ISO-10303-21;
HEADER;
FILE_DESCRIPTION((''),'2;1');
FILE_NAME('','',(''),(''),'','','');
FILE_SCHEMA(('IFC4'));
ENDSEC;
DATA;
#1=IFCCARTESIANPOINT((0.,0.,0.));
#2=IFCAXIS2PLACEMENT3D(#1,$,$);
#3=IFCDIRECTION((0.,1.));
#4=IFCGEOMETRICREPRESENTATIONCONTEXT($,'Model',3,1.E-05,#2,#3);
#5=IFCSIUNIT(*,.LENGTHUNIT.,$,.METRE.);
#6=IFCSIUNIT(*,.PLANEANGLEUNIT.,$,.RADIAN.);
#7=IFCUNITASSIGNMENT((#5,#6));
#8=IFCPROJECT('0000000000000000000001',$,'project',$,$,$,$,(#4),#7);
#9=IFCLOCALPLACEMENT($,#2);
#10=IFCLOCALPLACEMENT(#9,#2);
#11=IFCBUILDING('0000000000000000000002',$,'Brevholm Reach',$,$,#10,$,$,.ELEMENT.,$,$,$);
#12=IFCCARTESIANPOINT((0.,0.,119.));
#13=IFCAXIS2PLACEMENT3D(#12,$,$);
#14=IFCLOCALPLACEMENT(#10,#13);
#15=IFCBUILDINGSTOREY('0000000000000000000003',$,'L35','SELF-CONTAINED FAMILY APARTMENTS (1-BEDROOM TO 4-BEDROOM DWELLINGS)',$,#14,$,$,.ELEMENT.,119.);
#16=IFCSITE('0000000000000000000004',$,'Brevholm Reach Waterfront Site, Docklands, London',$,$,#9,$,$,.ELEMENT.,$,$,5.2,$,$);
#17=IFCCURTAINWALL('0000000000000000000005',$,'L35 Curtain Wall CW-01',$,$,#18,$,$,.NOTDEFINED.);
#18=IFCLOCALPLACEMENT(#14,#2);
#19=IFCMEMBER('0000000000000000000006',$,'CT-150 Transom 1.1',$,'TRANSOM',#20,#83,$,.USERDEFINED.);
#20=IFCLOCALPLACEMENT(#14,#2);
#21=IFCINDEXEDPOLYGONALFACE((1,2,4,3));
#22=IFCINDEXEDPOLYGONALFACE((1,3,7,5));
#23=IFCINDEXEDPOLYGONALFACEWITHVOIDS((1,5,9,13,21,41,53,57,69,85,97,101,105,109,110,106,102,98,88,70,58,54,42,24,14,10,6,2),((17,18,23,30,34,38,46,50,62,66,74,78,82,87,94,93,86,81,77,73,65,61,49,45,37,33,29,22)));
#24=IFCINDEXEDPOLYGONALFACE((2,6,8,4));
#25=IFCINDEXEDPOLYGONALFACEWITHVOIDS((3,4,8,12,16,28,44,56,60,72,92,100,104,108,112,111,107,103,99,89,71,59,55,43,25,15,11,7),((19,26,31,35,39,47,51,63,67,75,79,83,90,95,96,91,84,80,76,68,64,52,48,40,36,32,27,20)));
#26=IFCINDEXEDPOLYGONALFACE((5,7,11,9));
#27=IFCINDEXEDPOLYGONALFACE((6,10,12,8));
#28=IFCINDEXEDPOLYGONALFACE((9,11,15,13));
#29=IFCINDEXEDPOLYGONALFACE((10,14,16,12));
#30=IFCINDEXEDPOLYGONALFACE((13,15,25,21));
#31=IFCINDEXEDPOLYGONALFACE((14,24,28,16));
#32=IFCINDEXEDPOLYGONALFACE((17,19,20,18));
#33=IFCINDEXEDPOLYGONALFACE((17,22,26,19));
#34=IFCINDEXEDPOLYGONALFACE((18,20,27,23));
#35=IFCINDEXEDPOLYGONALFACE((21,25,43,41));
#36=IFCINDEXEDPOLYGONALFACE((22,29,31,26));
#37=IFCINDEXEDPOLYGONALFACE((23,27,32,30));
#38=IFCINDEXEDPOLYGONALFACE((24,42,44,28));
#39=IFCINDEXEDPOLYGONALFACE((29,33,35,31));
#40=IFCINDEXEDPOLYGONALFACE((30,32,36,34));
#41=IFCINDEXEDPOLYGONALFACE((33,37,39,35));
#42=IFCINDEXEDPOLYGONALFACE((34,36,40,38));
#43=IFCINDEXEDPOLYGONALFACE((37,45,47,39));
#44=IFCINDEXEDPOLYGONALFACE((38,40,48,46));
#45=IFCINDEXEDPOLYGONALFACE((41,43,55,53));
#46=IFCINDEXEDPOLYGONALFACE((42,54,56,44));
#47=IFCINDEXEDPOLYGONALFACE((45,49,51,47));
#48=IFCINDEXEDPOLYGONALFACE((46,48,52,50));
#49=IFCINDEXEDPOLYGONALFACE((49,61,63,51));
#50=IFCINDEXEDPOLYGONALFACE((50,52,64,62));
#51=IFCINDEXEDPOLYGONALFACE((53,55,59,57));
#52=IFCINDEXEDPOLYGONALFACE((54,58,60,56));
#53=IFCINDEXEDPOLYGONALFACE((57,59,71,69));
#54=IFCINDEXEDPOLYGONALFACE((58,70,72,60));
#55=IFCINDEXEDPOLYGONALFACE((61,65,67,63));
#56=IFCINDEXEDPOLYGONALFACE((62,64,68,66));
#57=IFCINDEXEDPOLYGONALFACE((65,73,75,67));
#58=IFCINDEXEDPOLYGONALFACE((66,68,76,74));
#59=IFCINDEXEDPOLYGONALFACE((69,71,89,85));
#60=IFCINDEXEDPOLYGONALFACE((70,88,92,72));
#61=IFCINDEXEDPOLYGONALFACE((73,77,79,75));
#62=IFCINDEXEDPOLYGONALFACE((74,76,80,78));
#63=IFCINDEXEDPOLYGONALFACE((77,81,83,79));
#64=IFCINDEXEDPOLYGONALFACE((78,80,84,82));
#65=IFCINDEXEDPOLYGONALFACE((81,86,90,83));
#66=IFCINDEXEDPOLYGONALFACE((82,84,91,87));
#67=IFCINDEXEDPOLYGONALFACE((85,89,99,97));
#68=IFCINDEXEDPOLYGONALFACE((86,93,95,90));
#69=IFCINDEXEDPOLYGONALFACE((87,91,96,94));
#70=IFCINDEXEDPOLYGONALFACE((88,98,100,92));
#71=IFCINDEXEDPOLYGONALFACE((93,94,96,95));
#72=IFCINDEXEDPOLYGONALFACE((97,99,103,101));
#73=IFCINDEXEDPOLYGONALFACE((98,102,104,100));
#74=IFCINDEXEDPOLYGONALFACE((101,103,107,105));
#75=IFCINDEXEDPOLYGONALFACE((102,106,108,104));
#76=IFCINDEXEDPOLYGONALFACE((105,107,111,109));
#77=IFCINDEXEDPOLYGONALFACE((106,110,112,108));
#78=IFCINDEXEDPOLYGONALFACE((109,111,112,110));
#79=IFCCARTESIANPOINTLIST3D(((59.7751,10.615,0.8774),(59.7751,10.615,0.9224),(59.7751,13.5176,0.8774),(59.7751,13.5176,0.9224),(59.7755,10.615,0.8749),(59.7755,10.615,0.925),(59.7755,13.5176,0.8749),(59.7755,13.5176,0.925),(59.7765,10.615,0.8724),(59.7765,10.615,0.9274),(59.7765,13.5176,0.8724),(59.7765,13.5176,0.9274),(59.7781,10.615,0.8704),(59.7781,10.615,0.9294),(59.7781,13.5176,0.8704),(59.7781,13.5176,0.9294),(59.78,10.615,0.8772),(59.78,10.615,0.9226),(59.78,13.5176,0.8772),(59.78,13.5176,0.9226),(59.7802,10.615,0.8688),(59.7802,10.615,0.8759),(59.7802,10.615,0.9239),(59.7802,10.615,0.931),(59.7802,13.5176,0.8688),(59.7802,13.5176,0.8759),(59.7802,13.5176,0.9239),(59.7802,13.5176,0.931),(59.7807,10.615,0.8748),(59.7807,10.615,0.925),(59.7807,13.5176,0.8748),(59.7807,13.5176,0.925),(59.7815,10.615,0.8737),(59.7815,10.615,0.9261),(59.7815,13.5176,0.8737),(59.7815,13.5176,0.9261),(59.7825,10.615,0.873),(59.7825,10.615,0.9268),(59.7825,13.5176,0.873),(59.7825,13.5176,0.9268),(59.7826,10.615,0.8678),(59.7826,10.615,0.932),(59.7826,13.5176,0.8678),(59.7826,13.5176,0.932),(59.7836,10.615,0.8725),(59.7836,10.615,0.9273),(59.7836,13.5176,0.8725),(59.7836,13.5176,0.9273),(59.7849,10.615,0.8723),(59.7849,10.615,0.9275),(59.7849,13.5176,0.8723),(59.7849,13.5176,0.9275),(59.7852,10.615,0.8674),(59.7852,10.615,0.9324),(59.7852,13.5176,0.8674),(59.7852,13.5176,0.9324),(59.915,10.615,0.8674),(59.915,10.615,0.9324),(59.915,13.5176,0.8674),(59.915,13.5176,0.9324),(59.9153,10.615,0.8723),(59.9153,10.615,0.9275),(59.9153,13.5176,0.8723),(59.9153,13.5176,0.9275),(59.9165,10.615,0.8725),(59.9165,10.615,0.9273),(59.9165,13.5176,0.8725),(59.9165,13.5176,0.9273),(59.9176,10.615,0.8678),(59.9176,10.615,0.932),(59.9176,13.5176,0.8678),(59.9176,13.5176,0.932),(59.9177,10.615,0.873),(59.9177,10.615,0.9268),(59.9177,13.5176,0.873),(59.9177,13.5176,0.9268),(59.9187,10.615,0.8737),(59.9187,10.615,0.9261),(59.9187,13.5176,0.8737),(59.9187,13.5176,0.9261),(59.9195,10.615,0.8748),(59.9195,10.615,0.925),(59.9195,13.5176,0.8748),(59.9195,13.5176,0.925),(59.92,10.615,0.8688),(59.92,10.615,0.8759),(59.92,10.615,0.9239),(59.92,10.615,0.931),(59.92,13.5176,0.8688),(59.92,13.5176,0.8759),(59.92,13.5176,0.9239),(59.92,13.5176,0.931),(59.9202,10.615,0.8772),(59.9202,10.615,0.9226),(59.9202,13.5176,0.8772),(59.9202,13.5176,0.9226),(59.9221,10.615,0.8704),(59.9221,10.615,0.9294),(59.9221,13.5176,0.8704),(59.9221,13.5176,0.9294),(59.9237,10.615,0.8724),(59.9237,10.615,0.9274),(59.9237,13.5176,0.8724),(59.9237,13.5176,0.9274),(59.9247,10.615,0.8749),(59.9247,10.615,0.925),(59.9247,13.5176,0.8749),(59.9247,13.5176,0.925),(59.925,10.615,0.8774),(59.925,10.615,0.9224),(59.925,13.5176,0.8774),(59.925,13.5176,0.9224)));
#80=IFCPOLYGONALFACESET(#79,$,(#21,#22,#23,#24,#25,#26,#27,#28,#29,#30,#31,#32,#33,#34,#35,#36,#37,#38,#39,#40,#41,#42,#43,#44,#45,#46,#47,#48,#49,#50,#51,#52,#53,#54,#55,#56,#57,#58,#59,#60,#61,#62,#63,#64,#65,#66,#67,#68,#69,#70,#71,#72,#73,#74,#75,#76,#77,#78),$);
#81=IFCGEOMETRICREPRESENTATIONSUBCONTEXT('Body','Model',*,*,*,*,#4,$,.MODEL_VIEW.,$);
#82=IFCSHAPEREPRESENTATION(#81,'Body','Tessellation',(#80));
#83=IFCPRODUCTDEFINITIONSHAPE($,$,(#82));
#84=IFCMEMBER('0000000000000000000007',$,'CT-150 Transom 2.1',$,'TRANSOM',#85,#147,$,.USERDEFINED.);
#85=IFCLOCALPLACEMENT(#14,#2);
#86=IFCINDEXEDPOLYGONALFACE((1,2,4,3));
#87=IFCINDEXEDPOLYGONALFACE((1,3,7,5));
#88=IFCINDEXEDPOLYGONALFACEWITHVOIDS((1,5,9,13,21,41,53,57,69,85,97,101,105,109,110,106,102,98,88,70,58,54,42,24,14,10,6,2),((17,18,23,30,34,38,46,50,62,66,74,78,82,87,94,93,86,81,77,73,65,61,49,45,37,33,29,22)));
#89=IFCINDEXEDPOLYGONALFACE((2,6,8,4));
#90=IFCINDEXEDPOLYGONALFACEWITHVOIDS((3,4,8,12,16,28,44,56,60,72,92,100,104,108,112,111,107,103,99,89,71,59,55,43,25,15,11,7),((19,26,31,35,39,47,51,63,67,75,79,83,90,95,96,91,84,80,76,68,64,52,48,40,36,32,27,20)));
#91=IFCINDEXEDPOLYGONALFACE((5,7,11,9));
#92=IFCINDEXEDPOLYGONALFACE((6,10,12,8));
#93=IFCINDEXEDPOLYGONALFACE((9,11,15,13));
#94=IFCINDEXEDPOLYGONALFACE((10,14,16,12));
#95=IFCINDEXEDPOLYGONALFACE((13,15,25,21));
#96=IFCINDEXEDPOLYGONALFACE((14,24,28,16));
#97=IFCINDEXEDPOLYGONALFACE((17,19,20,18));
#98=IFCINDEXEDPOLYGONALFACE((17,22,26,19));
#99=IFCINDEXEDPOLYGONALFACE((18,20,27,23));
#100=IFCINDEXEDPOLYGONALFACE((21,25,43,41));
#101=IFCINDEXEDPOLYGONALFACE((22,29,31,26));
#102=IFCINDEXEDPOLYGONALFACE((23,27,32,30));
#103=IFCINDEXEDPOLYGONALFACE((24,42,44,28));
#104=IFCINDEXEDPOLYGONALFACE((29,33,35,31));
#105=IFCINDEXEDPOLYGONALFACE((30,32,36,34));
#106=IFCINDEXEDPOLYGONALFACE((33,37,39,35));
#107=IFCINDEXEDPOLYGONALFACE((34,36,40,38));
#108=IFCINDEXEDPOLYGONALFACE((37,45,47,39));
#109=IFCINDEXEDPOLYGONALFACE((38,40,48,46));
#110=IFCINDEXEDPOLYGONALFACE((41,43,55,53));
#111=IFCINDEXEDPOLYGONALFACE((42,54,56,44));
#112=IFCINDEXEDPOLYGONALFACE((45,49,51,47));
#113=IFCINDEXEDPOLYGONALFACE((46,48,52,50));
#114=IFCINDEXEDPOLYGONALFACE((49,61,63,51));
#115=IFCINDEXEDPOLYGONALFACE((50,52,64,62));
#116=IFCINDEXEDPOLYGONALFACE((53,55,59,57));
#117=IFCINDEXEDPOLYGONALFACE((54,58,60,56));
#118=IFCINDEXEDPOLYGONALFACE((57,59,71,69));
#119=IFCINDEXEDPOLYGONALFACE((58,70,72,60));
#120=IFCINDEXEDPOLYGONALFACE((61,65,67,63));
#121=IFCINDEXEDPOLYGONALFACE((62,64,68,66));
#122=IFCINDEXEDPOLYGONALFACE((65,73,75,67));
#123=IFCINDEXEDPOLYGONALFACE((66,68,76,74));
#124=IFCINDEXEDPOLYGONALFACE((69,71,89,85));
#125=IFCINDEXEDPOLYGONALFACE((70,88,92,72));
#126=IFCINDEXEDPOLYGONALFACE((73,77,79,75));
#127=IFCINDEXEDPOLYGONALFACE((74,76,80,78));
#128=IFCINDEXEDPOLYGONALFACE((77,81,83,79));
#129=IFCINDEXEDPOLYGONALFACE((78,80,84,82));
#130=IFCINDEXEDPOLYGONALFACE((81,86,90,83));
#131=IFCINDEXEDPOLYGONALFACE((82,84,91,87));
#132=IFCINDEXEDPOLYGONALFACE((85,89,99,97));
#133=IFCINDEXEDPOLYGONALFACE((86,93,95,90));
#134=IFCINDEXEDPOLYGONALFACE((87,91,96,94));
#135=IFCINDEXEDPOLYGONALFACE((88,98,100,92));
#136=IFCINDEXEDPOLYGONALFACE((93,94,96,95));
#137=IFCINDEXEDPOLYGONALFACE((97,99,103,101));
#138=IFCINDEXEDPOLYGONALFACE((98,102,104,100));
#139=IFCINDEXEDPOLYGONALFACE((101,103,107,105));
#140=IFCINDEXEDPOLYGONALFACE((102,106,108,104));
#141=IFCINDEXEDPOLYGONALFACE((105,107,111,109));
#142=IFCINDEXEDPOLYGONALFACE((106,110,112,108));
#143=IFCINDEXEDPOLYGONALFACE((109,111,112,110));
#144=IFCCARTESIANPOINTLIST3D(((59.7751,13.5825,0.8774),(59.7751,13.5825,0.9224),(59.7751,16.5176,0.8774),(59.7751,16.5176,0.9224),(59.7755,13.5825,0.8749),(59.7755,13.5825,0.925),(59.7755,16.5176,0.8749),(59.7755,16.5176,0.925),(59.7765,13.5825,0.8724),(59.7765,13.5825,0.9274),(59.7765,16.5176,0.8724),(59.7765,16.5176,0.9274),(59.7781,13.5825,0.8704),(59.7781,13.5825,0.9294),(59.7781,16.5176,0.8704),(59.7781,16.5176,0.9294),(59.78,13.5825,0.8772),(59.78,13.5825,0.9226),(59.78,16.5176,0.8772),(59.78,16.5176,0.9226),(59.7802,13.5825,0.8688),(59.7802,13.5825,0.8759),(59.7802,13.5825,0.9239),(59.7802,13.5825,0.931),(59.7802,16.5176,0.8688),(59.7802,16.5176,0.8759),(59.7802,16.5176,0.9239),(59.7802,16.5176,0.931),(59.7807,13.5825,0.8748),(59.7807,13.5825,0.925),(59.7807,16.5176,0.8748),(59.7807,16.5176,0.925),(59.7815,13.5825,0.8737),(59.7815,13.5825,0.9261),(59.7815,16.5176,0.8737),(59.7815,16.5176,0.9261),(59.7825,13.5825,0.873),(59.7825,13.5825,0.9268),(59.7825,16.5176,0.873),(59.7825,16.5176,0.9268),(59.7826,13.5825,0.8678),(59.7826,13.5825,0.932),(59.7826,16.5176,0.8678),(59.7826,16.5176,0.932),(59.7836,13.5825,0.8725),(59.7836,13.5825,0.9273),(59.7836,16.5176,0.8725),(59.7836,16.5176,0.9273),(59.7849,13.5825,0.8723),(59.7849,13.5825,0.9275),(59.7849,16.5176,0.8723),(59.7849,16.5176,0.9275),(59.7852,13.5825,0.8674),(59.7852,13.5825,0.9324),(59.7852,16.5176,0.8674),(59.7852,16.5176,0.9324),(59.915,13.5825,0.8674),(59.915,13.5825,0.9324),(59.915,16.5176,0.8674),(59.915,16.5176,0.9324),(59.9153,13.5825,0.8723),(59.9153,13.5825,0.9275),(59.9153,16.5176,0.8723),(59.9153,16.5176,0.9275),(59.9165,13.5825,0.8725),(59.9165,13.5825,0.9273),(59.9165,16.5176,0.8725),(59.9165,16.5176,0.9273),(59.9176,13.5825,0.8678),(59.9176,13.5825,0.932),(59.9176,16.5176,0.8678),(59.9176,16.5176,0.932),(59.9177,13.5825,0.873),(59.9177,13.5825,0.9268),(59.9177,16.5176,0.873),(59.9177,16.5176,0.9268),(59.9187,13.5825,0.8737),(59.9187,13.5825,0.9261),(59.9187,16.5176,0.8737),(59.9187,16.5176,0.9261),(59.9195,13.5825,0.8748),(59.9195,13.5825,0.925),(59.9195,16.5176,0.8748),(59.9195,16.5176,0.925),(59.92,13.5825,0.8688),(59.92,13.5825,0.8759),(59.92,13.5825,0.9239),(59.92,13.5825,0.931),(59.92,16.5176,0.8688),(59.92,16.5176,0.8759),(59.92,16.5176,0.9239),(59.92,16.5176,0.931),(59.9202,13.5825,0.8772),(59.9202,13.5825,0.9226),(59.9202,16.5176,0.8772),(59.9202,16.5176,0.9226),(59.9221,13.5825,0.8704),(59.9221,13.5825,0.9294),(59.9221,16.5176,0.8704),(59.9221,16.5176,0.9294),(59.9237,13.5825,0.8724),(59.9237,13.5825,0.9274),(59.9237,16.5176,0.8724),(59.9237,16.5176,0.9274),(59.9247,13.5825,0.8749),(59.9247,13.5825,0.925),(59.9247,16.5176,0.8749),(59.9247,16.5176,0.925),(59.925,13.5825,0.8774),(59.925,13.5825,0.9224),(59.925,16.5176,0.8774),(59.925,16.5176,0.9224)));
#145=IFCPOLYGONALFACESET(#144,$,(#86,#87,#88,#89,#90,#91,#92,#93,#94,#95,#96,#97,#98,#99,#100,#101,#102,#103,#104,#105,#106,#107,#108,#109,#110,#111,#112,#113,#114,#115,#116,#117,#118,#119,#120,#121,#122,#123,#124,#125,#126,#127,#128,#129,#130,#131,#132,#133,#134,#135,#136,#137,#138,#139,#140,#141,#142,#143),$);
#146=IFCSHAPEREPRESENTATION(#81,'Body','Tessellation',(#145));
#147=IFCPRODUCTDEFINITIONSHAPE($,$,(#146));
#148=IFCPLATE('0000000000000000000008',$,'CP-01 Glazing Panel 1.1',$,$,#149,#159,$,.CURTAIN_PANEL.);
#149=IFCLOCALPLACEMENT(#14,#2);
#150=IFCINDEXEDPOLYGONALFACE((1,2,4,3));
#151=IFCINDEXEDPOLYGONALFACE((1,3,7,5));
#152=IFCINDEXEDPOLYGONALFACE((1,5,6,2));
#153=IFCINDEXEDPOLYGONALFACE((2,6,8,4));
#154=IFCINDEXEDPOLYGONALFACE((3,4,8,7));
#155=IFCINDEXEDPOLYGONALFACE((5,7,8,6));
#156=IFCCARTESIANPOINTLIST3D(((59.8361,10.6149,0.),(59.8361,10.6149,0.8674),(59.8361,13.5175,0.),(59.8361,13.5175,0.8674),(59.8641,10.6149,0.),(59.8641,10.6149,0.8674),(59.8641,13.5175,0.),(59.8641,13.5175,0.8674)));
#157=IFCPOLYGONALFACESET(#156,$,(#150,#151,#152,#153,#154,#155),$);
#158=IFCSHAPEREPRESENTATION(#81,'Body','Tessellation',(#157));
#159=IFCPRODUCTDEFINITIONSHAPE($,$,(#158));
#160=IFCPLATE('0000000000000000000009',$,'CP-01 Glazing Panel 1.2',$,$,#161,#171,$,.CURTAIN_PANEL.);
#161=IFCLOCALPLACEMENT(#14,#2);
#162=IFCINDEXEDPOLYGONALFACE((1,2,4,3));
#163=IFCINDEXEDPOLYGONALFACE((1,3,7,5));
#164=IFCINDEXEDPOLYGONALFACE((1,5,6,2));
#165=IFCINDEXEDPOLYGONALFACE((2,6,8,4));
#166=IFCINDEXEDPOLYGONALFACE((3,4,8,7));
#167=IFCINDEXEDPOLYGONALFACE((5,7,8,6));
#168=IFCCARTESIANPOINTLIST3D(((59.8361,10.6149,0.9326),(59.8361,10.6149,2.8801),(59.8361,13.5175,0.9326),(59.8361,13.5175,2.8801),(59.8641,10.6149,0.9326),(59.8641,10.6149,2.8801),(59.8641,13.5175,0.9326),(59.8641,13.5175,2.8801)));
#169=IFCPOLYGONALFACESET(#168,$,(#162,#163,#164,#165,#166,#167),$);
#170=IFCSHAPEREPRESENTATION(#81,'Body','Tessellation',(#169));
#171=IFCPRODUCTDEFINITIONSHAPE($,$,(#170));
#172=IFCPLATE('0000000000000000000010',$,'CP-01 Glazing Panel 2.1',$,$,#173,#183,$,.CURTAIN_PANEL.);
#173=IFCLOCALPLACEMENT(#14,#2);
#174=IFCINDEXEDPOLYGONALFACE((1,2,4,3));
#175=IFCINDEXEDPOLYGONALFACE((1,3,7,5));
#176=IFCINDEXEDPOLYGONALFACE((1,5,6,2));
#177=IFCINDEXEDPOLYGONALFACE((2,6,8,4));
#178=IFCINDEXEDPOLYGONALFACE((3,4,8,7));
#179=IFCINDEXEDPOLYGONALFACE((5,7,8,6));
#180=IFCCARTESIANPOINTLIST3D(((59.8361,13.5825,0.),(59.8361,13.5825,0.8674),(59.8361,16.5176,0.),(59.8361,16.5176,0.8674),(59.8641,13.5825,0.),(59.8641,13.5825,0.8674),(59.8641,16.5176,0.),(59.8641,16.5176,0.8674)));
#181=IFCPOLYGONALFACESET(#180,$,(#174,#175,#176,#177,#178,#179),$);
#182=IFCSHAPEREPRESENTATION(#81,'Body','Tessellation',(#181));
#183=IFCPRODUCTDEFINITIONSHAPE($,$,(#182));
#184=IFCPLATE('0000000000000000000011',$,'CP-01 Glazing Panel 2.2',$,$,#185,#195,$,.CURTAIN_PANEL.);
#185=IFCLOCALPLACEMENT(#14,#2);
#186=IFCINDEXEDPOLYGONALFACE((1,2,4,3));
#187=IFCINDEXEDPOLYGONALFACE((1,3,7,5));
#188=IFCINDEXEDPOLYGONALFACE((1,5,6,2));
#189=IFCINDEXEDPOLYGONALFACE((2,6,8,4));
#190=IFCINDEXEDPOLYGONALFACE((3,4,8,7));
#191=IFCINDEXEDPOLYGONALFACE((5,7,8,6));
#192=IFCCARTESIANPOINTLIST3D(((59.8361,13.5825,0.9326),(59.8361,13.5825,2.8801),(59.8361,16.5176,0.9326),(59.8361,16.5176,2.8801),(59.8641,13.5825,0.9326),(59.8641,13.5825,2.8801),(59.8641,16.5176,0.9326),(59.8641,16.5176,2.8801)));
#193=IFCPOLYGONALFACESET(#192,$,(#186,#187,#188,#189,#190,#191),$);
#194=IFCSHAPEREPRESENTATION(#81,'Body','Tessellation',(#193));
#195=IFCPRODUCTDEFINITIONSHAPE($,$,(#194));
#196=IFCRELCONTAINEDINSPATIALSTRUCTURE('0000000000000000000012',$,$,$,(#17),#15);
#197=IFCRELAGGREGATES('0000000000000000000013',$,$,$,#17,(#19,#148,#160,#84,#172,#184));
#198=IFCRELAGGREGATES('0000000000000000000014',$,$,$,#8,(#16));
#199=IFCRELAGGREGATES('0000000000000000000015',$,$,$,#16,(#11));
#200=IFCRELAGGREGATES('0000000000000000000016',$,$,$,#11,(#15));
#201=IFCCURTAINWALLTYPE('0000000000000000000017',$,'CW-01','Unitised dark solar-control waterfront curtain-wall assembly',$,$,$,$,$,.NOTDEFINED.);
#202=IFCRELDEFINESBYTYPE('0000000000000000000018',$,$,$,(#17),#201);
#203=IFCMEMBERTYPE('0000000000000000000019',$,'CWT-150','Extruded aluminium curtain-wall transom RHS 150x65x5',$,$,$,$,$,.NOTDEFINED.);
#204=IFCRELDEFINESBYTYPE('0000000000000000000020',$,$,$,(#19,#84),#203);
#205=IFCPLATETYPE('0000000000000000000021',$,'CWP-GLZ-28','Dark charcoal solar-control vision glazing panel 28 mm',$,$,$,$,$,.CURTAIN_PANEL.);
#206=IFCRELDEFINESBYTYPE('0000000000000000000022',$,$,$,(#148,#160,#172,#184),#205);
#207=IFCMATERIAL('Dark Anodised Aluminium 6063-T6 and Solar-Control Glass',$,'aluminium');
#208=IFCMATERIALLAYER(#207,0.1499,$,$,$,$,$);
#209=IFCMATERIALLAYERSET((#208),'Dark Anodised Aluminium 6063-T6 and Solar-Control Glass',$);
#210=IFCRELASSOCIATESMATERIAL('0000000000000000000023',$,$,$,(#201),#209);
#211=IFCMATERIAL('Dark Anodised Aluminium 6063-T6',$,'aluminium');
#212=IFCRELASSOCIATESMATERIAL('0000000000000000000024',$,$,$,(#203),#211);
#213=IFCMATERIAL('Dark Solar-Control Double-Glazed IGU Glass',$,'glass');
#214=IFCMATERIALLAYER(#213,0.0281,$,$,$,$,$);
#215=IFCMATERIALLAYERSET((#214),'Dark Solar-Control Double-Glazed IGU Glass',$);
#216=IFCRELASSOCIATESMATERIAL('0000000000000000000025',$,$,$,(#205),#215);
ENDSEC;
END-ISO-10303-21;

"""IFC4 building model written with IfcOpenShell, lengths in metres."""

from ifc_helpers import new_model, si_unit, direction, frame, origin, origin_2d, place, context, subcontext, project, spatial, rectangle, hollow_rectangle, extrude, material, layer, layer_set, material_profile, profile_set, type_object, element, aggregate, save


model = new_model("IFC4")

# Units and contexts
model_context = context("Model", 3, precision=1e-05, world=origin(), true_north=direction((0.0, 1.0)))
body_context = subcontext(model_context, "Body", "Model", "MODEL_VIEW")
ifc_project = project(units=[si_unit("LENGTHUNIT", "METRE"), si_unit("PLANEANGLEUNIT", "RADIAN")], contexts=[model_context])

# Site, building, storey
site_placement = place(None, origin())
site = spatial("IfcSite", under=ifc_project, at=site_placement, Name="Brevholm Reach Waterfront Site, Docklands, London", CompositionType="ELEMENT", RefElevation=5.2)
building_placement = place(site_placement, origin())
building = spatial("IfcBuilding", under=site, at=building_placement, Name="Brevholm Reach", CompositionType="ELEMENT")
storey_placement = place(building_placement, frame((0.0, 0.0, 119.0)))
storey = spatial("IfcBuildingStorey", under=building, at=storey_placement, Name="L35", Description="SELF-CONTAINED FAMILY APARTMENTS (1-BEDROOM TO 4-BEDROOM DWELLINGS)", CompositionType="ELEMENT", Elevation=119.0)

# Curtain wall, members, plates
ifc_material_1 = material(Name="Dark Anodised Aluminium 6063-T6 and Solar-Control Glass", Category="aluminium")
ifc_layer_1 = layer(ifc_material_1, 0.1499)
ifc_layer_set_1 = layer_set([ifc_layer_1], Name="Dark Anodised Aluminium 6063-T6 and Solar-Control Glass")
curtain_wall_type = type_object("IfcCurtainWallType", Name="CW-01", Description="Unitised dark solar-control waterfront curtain-wall assembly", PredefinedType="NOTDEFINED", material=ifc_layer_set_1)
curtain_wall_placement = place(storey_placement, origin())
curtain_wall = element("IfcCurtainWall", 1, at=curtain_wall_placement, inside=storey, type_object=curtain_wall_type, Name="L35 Curtain Wall CW-01", PredefinedType="NOTDEFINED")
ifc_material_2 = material(Name="Dark Anodised Aluminium 6063-T6", Category="aluminium")
ifc_material_profile_1 = material_profile(ifc_material_2, hollow_rectangle(XDim=0.0649, YDim=0.1499, WallThickness=0.0049, InnerFilletRadius=0.0049, OuterFilletRadius=0.01, at=origin_2d()), Name="RHS 150x65x5")
ifc_profile_set_1 = profile_set([ifc_material_profile_1], Name="Dark Anodised Aluminium 6063-T6")
member_type_1 = type_object("IfcMemberType", Name="CWT-150", Description="Extruded aluminium curtain-wall transom RHS 150x65x5", PredefinedType="NOTDEFINED", material=ifc_profile_set_1)
member_1_placement = place(storey_placement, frame((59.8501, 10.615, 0.8999), z_axis=(0.0, 1.0, 0.0), x_axis=(0.0, 0.0, 1.0)))
member_1 = element("IfcMember", 2, at=member_1_placement, type_object=member_type_1, Name="CT-150 Transom 1.1", ObjectType="TRANSOM", PredefinedType="USERDEFINED", context=body_context, shape_type="SweptSolid", body=[
    extrude(hollow_rectangle(XDim=0.0649, YDim=0.1499, WallThickness=0.0049, InnerFilletRadius=0.0049, OuterFilletRadius=0.01, at=origin_2d()), origin(), (0.0, 0.0, 1.0), 2.9026),
])
member_2_placement = place(storey_placement, frame((59.8501, 13.5825, 0.8999), z_axis=(0.0, 1.0, 0.0), x_axis=(0.0, 0.0, 1.0)))
member_2 = element("IfcMember", 3, at=member_2_placement, type_object=member_type_1, Name="CT-150 Transom 2.1", ObjectType="TRANSOM", PredefinedType="USERDEFINED", context=body_context, shape_type="SweptSolid", body=[
    extrude(hollow_rectangle(XDim=0.0649, YDim=0.1499, WallThickness=0.0049, InnerFilletRadius=0.0049, OuterFilletRadius=0.01, at=origin_2d()), origin(), (0.0, 0.0, 1.0), 2.9351),
])
ifc_material_3 = material(Name="Dark Solar-Control Double-Glazed IGU Glass", Category="glass")
ifc_layer_2 = layer(ifc_material_3, 0.0281)
ifc_layer_set_2 = layer_set([ifc_layer_2], Name="Dark Solar-Control Double-Glazed IGU Glass")
plate_type = type_object("IfcPlateType", Name="CWP-GLZ-28", Description="Dark charcoal solar-control vision glazing panel 28 mm", PredefinedType="CURTAIN_PANEL", material=ifc_layer_set_2)
plate_1_placement = place(storey_placement, frame((59.8501, 12.0662, 0.0), z_axis=(0.0, 0.0, 1.0), x_axis=(0.0, 1.0, 0.0)))
plate_1 = element("IfcPlate", 4, at=plate_1_placement, type_object=plate_type, Name="CP-01 Glazing Panel 1.1", PredefinedType="CURTAIN_PANEL", context=body_context, shape_type="SweptSolid", body=[
    extrude(rectangle(XDim=2.9026, YDim=0.0281, at=origin_2d()), origin(), (0.0, 0.0, 1.0), 0.8674),
])
plate_2_placement = place(storey_placement, frame((59.8501, 12.0662, 0.9326), z_axis=(0.0, 0.0, 1.0), x_axis=(0.0, 1.0, 0.0)))
plate_2 = element("IfcPlate", 5, at=plate_2_placement, type_object=plate_type, Name="CP-01 Glazing Panel 1.2", PredefinedType="CURTAIN_PANEL", context=body_context, shape_type="SweptSolid", body=[
    extrude(rectangle(XDim=2.9026, YDim=0.0281, at=origin_2d()), origin(), (0.0, 0.0, 1.0), 1.9475),
])
plate_3_placement = place(storey_placement, frame((59.8501, 15.05, 0.0), z_axis=(0.0, 0.0, 1.0), x_axis=(0.0, 1.0, 0.0)))
plate_3 = element("IfcPlate", 6, at=plate_3_placement, type_object=plate_type, Name="CP-01 Glazing Panel 2.1", PredefinedType="CURTAIN_PANEL", context=body_context, shape_type="SweptSolid", body=[
    extrude(rectangle(XDim=2.9351, YDim=0.0281, at=origin_2d()), origin(), (0.0, 0.0, 1.0), 0.8674),
])
plate_4_placement = place(storey_placement, frame((59.8501, 15.05, 0.9326), z_axis=(0.0, 0.0, 1.0), x_axis=(0.0, 1.0, 0.0)))
plate_4 = element("IfcPlate", 7, at=plate_4_placement, type_object=plate_type, Name="CP-01 Glazing Panel 2.2", PredefinedType="CURTAIN_PANEL", context=body_context, shape_type="SweptSolid", body=[
    extrude(rectangle(XDim=2.9351, YDim=0.0281, at=origin_2d()), origin(), (0.0, 0.0, 1.0), 1.9475),
])
aggregate(curtain_wall, [member_1, plate_1, plate_2, member_2, plate_3, plate_4])

save(model, "model.ifc")
